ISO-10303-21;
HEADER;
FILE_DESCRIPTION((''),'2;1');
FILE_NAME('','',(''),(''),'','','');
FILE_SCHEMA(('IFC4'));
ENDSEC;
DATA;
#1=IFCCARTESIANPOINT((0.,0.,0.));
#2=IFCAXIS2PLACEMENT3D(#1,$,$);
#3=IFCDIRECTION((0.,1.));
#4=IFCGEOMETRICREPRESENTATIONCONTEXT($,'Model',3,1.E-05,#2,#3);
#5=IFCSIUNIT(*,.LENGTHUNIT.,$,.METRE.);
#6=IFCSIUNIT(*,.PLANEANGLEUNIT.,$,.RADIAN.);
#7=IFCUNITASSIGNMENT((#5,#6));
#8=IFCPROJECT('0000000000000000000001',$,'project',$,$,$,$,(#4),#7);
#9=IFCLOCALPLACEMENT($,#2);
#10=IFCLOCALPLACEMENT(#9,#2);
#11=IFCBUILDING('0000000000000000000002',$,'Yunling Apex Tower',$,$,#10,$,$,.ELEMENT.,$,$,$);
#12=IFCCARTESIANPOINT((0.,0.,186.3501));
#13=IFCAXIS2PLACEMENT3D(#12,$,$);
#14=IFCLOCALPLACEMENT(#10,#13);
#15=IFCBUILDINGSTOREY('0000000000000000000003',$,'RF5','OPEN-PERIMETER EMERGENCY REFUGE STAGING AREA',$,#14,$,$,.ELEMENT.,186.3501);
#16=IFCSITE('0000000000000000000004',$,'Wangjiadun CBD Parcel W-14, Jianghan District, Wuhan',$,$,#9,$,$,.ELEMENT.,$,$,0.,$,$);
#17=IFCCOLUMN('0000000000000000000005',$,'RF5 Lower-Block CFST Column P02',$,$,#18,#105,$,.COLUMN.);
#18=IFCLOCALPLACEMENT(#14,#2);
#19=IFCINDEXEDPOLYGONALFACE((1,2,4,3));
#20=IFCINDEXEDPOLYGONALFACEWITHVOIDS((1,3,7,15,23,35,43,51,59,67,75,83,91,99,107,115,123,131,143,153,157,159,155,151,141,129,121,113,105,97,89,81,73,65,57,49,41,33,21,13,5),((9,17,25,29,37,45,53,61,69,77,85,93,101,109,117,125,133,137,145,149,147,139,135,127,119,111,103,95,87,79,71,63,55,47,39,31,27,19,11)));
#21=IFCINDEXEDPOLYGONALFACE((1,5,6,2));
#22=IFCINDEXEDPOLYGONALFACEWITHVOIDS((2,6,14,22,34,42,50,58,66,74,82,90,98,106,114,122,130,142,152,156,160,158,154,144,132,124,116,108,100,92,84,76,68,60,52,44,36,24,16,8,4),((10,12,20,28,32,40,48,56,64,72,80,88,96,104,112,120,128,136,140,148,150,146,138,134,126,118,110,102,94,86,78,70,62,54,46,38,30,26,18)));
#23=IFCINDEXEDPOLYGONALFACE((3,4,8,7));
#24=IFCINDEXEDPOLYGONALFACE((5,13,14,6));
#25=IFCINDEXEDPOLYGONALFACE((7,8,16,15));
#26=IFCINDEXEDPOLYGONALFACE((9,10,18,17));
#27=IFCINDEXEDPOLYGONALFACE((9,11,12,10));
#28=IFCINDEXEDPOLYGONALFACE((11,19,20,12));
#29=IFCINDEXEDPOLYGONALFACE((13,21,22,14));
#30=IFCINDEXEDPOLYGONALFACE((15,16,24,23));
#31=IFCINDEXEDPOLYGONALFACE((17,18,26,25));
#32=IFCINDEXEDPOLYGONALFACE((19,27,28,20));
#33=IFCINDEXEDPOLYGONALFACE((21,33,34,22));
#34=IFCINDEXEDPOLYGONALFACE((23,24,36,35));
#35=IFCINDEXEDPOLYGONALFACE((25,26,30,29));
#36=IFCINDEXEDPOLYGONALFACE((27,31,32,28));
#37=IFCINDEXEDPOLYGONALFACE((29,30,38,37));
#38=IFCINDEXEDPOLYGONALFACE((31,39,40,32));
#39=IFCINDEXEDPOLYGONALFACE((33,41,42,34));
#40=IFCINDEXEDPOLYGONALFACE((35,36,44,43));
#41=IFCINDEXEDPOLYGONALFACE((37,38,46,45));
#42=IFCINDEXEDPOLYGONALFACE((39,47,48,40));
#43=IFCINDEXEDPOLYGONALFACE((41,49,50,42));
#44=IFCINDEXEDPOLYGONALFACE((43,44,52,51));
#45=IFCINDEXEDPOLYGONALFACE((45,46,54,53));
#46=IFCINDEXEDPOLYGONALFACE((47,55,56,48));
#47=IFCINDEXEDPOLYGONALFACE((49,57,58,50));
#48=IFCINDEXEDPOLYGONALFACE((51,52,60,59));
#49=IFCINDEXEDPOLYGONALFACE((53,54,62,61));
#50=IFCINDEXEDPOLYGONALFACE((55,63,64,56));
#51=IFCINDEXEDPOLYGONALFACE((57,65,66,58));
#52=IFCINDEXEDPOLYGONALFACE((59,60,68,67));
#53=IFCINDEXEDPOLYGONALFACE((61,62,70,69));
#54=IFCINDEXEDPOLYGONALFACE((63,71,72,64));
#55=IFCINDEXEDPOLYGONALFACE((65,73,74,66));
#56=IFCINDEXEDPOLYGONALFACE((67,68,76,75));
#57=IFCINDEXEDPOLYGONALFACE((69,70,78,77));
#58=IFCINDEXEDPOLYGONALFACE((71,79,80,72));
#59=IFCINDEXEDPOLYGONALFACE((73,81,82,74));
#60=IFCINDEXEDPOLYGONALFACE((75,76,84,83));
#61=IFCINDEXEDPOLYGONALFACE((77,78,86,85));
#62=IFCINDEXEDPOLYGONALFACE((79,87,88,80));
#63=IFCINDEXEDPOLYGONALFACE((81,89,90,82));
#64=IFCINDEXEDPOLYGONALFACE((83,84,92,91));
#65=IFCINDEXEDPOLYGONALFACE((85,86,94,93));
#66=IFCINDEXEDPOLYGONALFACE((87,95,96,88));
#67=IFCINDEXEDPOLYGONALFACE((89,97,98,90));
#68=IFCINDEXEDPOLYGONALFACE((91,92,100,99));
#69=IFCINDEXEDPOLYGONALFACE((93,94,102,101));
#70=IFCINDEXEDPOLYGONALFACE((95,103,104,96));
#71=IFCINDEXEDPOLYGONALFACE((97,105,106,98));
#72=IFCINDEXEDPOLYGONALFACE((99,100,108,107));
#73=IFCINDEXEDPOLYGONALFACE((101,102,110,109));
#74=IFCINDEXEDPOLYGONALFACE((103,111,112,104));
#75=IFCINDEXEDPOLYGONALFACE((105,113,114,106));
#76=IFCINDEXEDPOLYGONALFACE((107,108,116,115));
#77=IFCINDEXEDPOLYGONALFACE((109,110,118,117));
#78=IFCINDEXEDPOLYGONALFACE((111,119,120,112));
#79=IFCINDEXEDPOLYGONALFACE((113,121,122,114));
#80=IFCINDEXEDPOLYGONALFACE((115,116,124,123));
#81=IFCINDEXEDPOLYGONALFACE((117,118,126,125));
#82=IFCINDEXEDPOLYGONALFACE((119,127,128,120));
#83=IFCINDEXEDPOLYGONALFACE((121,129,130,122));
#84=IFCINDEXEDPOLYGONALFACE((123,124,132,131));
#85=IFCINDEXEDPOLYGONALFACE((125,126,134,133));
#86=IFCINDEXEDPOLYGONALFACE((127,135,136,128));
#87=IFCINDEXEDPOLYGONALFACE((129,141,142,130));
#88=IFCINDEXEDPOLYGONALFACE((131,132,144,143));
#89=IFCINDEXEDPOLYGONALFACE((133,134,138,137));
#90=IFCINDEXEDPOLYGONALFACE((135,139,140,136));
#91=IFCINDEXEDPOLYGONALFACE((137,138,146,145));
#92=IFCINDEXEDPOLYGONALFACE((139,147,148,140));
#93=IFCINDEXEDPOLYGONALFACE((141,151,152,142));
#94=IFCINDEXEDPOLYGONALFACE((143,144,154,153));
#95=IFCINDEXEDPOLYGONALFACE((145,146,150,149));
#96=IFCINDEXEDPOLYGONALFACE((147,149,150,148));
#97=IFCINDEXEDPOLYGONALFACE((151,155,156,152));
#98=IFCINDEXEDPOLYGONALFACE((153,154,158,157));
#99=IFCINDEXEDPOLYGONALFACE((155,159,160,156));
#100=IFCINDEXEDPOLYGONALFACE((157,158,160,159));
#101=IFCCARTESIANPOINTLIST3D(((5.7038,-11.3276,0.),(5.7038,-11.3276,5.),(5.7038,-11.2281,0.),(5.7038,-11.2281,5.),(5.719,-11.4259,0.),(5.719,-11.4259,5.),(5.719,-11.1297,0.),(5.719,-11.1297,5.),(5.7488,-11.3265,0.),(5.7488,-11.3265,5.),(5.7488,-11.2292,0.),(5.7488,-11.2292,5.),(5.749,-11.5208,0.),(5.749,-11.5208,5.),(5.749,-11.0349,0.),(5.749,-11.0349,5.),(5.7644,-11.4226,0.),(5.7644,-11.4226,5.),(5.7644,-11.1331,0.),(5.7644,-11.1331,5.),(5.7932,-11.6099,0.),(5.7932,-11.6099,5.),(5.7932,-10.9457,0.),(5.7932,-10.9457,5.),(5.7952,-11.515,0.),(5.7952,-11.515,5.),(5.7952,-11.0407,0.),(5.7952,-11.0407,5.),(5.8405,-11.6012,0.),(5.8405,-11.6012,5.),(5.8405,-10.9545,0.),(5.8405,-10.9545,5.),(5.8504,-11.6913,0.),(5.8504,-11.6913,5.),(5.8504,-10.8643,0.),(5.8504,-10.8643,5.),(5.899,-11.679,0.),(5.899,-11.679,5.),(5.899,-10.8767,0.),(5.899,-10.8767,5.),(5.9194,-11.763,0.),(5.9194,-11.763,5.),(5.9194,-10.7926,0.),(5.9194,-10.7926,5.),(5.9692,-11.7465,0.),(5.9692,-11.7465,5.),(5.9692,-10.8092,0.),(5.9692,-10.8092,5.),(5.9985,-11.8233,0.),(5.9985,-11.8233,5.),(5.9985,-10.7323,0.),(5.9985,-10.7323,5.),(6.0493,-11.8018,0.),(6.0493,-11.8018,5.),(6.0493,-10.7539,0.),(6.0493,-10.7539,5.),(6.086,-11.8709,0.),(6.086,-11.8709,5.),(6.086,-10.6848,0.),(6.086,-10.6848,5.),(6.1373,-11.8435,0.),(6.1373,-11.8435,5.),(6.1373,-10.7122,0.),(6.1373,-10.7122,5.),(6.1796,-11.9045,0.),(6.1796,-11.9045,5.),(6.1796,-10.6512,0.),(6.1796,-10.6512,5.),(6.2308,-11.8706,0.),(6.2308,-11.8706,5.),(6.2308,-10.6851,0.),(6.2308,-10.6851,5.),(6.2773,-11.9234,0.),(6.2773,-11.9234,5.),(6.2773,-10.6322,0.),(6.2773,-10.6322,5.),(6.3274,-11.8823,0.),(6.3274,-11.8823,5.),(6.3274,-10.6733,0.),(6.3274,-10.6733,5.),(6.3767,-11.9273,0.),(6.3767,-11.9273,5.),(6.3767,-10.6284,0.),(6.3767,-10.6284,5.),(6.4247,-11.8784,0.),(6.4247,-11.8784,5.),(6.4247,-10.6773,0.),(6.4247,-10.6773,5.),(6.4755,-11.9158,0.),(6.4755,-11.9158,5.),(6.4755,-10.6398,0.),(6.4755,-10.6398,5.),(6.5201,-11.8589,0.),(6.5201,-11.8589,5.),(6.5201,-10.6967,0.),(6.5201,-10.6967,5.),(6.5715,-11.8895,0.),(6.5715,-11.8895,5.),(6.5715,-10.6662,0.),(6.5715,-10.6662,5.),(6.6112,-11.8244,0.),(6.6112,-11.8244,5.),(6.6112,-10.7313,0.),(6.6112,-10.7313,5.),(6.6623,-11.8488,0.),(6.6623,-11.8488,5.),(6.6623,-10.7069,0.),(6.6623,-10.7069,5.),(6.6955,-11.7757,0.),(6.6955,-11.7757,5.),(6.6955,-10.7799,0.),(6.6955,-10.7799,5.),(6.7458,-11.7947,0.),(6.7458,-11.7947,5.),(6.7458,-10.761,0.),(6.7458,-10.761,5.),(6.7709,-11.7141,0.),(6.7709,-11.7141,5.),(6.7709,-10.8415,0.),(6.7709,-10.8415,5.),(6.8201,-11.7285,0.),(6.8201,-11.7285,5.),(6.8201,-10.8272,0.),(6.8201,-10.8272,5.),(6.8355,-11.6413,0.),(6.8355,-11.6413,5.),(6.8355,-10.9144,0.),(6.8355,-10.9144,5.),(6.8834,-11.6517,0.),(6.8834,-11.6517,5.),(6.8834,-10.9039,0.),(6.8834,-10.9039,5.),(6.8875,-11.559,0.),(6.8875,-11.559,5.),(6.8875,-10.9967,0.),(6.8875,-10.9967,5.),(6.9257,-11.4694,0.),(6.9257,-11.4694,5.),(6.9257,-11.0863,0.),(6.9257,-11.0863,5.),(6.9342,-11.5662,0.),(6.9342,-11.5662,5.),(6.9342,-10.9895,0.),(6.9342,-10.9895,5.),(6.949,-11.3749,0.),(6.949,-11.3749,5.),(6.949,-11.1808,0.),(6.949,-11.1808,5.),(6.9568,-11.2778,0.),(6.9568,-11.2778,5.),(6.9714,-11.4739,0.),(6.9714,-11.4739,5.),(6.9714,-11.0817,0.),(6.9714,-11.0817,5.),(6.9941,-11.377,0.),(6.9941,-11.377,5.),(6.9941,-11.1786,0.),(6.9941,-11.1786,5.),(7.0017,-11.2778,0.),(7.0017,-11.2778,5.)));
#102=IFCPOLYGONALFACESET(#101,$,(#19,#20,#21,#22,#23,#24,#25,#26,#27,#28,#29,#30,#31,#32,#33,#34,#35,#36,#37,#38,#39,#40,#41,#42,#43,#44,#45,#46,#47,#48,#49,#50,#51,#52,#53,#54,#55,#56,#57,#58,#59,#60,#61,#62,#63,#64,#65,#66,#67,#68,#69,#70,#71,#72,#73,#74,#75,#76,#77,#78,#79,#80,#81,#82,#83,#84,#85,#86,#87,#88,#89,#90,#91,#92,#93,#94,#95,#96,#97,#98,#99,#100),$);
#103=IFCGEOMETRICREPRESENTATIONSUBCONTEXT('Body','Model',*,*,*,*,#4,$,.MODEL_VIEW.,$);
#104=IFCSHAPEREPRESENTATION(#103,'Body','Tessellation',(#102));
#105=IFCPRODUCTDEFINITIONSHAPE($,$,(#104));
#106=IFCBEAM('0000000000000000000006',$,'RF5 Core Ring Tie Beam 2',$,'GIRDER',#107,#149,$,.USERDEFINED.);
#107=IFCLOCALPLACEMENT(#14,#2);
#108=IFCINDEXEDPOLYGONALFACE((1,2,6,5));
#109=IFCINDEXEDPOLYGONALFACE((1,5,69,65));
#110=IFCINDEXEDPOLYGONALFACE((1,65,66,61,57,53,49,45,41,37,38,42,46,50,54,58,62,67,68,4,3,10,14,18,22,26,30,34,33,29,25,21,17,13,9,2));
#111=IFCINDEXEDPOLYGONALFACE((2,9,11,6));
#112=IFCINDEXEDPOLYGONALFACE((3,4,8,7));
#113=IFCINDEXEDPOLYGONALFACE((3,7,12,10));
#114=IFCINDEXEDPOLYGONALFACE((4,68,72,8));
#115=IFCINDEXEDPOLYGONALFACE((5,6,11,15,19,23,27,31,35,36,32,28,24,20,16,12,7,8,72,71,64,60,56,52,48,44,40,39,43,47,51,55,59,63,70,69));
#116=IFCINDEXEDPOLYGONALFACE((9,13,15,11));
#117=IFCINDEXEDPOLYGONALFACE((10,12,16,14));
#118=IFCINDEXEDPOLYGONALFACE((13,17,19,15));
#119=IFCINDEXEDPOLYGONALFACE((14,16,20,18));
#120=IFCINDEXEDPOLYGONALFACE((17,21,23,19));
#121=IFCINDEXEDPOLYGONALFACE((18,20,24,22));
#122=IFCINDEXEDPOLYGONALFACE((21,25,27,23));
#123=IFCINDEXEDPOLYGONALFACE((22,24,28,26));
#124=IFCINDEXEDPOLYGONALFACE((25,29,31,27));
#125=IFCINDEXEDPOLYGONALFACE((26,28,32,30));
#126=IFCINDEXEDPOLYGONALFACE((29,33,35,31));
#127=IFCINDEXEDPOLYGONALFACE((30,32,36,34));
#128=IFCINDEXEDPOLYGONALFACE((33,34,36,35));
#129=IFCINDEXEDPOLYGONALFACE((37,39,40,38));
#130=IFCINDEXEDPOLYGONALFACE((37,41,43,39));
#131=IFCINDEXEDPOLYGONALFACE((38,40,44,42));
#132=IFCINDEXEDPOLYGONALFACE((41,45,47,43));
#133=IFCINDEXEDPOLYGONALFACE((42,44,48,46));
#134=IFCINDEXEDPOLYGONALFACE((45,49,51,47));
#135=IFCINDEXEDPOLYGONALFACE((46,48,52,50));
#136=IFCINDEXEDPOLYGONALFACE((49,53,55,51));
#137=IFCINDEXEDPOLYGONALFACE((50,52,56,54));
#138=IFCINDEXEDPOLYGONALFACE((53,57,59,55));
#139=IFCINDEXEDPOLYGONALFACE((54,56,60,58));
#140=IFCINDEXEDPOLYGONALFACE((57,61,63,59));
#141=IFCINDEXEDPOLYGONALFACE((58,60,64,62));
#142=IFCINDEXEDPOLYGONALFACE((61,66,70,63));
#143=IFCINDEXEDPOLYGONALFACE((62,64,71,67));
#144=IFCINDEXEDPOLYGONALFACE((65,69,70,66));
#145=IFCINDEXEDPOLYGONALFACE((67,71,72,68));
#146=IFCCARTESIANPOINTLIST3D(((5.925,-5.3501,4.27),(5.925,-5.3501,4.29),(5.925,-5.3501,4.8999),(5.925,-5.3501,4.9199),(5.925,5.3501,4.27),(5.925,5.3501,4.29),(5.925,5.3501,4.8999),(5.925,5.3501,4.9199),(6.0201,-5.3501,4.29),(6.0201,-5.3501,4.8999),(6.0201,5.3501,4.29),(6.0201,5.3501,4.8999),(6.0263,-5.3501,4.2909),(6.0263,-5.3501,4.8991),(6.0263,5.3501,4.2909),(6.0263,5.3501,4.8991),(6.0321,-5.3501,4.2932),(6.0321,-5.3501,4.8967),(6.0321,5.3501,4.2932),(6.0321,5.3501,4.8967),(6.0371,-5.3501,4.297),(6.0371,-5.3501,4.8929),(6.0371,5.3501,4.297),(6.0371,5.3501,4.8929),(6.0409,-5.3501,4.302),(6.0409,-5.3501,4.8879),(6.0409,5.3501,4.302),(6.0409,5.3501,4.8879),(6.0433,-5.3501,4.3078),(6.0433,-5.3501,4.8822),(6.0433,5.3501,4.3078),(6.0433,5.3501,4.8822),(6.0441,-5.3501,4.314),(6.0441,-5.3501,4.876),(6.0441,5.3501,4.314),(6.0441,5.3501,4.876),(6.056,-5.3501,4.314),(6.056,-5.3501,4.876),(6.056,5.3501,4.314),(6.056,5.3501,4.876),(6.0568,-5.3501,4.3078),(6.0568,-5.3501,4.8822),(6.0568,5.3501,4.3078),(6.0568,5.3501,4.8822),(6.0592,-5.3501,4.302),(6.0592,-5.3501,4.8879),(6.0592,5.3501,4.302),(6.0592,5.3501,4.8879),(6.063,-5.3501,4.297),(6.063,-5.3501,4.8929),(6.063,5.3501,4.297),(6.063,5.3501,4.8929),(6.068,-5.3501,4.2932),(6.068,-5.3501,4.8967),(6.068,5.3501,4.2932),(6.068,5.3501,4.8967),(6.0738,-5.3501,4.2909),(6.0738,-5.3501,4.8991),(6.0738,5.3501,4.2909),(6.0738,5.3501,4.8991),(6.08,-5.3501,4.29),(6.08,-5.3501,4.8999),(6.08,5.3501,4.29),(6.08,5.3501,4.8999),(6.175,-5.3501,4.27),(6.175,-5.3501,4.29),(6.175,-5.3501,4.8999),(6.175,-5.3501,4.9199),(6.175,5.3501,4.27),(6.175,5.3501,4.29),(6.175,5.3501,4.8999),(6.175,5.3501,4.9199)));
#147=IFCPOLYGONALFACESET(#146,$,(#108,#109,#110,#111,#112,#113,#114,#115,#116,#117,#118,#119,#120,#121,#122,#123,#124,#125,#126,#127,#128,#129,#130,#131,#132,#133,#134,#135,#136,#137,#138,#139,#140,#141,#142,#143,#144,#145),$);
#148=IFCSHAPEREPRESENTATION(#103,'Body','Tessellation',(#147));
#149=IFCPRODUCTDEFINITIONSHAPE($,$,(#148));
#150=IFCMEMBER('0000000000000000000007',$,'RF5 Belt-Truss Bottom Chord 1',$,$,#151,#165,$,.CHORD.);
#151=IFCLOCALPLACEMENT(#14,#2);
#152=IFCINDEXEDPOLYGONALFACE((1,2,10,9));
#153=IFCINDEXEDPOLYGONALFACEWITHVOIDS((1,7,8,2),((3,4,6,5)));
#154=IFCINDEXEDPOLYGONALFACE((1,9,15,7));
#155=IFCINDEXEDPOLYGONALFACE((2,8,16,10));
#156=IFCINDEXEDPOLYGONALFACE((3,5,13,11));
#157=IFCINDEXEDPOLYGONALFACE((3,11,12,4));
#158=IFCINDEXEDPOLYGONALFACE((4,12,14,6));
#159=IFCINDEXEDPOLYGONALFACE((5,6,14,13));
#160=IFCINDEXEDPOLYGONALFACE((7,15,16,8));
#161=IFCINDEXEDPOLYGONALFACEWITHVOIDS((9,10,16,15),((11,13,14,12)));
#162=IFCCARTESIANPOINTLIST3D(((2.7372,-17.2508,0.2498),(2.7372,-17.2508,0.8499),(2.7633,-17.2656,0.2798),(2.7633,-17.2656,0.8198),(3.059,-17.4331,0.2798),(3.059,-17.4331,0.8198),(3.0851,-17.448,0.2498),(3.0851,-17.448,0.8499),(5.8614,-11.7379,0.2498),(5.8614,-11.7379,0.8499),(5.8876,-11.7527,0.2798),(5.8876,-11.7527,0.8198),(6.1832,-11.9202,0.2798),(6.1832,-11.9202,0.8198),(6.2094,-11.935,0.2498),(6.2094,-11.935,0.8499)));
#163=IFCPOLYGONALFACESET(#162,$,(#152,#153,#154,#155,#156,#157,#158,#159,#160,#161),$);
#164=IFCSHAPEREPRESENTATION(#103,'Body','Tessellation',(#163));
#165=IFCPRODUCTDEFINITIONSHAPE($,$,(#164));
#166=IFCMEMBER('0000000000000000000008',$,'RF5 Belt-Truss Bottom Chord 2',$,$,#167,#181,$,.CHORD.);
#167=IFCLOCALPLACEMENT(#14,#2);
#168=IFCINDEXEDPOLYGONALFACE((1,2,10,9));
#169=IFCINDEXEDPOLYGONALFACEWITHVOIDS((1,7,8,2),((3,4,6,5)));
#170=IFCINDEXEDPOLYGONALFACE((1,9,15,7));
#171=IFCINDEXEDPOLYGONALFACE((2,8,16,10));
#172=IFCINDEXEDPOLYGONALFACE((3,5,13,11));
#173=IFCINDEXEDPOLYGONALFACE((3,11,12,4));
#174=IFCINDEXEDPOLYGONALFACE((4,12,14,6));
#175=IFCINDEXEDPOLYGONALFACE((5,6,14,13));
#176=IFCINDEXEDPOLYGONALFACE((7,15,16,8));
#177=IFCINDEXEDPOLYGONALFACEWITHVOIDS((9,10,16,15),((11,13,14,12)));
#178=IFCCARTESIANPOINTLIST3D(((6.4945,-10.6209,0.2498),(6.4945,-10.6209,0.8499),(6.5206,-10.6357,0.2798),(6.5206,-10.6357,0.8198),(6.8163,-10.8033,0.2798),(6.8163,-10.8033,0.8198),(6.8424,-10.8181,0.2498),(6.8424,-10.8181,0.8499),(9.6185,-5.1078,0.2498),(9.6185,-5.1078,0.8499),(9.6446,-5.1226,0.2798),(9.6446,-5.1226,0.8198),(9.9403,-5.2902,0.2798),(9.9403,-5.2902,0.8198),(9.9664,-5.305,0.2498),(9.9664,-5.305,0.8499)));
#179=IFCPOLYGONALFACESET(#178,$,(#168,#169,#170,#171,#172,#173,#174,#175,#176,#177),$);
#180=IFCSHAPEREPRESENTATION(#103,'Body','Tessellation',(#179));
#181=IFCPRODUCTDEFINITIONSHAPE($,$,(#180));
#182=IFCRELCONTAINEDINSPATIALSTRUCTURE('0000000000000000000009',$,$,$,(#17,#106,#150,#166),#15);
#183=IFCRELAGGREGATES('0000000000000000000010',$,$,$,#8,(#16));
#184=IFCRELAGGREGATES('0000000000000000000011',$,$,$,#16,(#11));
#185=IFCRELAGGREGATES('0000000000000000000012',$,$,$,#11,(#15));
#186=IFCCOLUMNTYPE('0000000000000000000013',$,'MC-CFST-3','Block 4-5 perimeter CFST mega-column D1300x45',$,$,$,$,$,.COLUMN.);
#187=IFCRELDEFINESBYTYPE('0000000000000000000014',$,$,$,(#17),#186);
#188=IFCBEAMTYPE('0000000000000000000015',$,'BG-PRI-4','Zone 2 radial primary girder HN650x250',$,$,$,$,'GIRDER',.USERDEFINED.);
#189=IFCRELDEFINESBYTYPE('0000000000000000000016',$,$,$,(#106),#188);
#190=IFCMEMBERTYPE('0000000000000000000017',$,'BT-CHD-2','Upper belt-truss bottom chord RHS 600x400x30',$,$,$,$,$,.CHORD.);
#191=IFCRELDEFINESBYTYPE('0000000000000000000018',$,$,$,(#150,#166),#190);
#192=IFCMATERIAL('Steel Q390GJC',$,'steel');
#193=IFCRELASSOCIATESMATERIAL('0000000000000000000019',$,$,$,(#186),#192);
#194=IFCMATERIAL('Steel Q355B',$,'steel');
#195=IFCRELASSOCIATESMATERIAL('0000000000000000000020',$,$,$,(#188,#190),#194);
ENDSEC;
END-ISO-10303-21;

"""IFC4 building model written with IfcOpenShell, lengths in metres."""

from ifc_helpers import new_model, si_unit, direction, frame, origin, origin_2d, place, context, subcontext, project, spatial, hollow_rectangle, hollow_circle, i_section, extrude, source, transform, mapped, material, material_profile, profile_set, type_object, element, save


model = new_model("IFC4")

# Units and contexts
model_context = context("Model", 3, precision=1e-05, world=origin(), true_north=direction((0.0, 1.0)))
body_context = subcontext(model_context, "Body", "Model", "MODEL_VIEW")
ifc_project = project(units=[si_unit("LENGTHUNIT", "METRE"), si_unit("PLANEANGLEUNIT", "RADIAN")], contexts=[model_context])

# Site, building, storey
site_placement = place(None, origin())
site = spatial("IfcSite", under=ifc_project, at=site_placement, Name="Wangjiadun CBD Parcel W-14, Jianghan District, Wuhan", CompositionType="ELEMENT", RefElevation=0.0)
building_placement = place(site_placement, origin())
building = spatial("IfcBuilding", under=site, at=building_placement, Name="Yunling Apex Tower", CompositionType="ELEMENT")
storey_placement = place(building_placement, frame((0.0, 0.0, 186.3501)))
storey = spatial("IfcBuildingStorey", under=building, at=storey_placement, Name="RF5", Description="OPEN-PERIMETER EMERGENCY REFUGE STAGING AREA", CompositionType="ELEMENT", Elevation=186.3501)

# Column
ifc_material_1 = material(Name="Steel Q390GJC", Category="steel")
ifc_material_profile_1 = material_profile(ifc_material_1, hollow_circle(Radius=0.6499, WallThickness=0.0449, at=origin_2d()))
ifc_profile_set_1 = profile_set([ifc_material_profile_1], Name="Steel Q390GJC")
column_type_1 = type_object("IfcColumnType", Name="MC-CFST-3", Description="Block 4-5 perimeter CFST mega-column D1300x45", PredefinedType="COLUMN", material=ifc_profile_set_1)
shared_shape_1 = source(origin(), body_context, "Body", "SweptSolid", [
    extrude(hollow_circle(Radius=0.6499, WallThickness=0.0449, at=origin_2d()), origin(), (0.0, 0.0, 1.0), 5.0),
])
for number, where, z_axis, x_axis, name in (
    (1, (6.3518, -11.2778, 0.0), (0.0, 0.0, 1.0), (1.0, 0.0, 0.0), "RF5 Lower-Block CFST Column P02"),
):
    element("IfcColumn", number, at=place(storey_placement, frame(where, z_axis=z_axis, x_axis=x_axis)), inside=storey, type_object=column_type_1, Name=name, PredefinedType="COLUMN", context=body_context, shape_type="MappedRepresentation", body=[
        mapped(shared_shape_1, transform((0.0, 0.0, 0.0), scale=1.0)),
    ])

# Beam
ifc_material_2 = material(Name="Steel Q355B", Category="steel")
ifc_material_profile_2 = material_profile(ifc_material_2, i_section(OverallWidth=0.25, OverallDepth=0.6499, WebThickness=0.012, FlangeThickness=0.02, FilletRadius=0.0239, at=origin_2d()))
ifc_profile_set_2 = profile_set([ifc_material_profile_2], Name="Steel Q355B")
beam_type_1 = type_object("IfcBeamType", Name="BG-PRI-4", Description="Zone 2 radial primary girder HN650x250", ElementType="GIRDER", PredefinedType="USERDEFINED", material=ifc_profile_set_2)
shared_shape_2 = source(origin(), body_context, "Body", "SweptSolid", [
    extrude(i_section(OverallWidth=0.25, OverallDepth=0.6499, WebThickness=0.012, FlangeThickness=0.02, FilletRadius=0.0239, at=origin_2d()), origin(), (0.0, 0.0, 1.0), 10.7002),
])
beam_1_placement = place(storey_placement, frame((6.05, -5.3501, 4.595), z_axis=(0.0, 1.0, 0.0), x_axis=(-1.0, 0.0, 0.0)))
element("IfcBeam", 2, at=beam_1_placement, inside=storey, type_object=beam_type_1, Name="RF5 Core Ring Tie Beam 2", ObjectType="GIRDER", PredefinedType="USERDEFINED", context=body_context, shape_type="MappedRepresentation", body=[
    mapped(shared_shape_2, transform((0.0, 0.0, 0.0), scale=1.0)),
])

# Members
ifc_material_profile_3 = material_profile(ifc_material_2, hollow_rectangle(XDim=0.3999, YDim=0.6001, WallThickness=0.03, at=origin_2d()))
ifc_profile_set_3 = profile_set([ifc_material_profile_3], Name="Steel Q355B")
member_type_1 = type_object("IfcMemberType", Name="BT-CHD-2", Description="Upper belt-truss bottom chord RHS 600x400x30", PredefinedType="CHORD", material=ifc_profile_set_3)
shared_shape_3 = source(origin(), body_context, "Body", "SweptSolid", [
    extrude(hollow_rectangle(XDim=0.3999, YDim=0.6001, WallThickness=0.03, at=origin_2d()), origin(), (0.0, 0.0, 1.0), 6.3367),
])
for number, where, z_axis, x_axis, name in (
    (3, (2.9111, -17.3494, 0.5498), (0.493045, 0.870004, 0.0), (-0.870004, 0.493045, 0.0), "RF5 Belt-Truss Bottom Chord 1"),
    (4, (6.6685, -10.7195, 0.5498), (0.492999, 0.87003, 0.0), (-0.87003, 0.492999, 0.0), "RF5 Belt-Truss Bottom Chord 2"),
):
    element("IfcMember", number, at=place(storey_placement, frame(where, z_axis=z_axis, x_axis=x_axis)), inside=storey, type_object=member_type_1, Name=name, PredefinedType="CHORD", context=body_context, shape_type="MappedRepresentation", body=[
        mapped(shared_shape_3, transform((0.0, 0.0, 0.0), scale=1.0)),
    ])

save(model, "model.ifc")
